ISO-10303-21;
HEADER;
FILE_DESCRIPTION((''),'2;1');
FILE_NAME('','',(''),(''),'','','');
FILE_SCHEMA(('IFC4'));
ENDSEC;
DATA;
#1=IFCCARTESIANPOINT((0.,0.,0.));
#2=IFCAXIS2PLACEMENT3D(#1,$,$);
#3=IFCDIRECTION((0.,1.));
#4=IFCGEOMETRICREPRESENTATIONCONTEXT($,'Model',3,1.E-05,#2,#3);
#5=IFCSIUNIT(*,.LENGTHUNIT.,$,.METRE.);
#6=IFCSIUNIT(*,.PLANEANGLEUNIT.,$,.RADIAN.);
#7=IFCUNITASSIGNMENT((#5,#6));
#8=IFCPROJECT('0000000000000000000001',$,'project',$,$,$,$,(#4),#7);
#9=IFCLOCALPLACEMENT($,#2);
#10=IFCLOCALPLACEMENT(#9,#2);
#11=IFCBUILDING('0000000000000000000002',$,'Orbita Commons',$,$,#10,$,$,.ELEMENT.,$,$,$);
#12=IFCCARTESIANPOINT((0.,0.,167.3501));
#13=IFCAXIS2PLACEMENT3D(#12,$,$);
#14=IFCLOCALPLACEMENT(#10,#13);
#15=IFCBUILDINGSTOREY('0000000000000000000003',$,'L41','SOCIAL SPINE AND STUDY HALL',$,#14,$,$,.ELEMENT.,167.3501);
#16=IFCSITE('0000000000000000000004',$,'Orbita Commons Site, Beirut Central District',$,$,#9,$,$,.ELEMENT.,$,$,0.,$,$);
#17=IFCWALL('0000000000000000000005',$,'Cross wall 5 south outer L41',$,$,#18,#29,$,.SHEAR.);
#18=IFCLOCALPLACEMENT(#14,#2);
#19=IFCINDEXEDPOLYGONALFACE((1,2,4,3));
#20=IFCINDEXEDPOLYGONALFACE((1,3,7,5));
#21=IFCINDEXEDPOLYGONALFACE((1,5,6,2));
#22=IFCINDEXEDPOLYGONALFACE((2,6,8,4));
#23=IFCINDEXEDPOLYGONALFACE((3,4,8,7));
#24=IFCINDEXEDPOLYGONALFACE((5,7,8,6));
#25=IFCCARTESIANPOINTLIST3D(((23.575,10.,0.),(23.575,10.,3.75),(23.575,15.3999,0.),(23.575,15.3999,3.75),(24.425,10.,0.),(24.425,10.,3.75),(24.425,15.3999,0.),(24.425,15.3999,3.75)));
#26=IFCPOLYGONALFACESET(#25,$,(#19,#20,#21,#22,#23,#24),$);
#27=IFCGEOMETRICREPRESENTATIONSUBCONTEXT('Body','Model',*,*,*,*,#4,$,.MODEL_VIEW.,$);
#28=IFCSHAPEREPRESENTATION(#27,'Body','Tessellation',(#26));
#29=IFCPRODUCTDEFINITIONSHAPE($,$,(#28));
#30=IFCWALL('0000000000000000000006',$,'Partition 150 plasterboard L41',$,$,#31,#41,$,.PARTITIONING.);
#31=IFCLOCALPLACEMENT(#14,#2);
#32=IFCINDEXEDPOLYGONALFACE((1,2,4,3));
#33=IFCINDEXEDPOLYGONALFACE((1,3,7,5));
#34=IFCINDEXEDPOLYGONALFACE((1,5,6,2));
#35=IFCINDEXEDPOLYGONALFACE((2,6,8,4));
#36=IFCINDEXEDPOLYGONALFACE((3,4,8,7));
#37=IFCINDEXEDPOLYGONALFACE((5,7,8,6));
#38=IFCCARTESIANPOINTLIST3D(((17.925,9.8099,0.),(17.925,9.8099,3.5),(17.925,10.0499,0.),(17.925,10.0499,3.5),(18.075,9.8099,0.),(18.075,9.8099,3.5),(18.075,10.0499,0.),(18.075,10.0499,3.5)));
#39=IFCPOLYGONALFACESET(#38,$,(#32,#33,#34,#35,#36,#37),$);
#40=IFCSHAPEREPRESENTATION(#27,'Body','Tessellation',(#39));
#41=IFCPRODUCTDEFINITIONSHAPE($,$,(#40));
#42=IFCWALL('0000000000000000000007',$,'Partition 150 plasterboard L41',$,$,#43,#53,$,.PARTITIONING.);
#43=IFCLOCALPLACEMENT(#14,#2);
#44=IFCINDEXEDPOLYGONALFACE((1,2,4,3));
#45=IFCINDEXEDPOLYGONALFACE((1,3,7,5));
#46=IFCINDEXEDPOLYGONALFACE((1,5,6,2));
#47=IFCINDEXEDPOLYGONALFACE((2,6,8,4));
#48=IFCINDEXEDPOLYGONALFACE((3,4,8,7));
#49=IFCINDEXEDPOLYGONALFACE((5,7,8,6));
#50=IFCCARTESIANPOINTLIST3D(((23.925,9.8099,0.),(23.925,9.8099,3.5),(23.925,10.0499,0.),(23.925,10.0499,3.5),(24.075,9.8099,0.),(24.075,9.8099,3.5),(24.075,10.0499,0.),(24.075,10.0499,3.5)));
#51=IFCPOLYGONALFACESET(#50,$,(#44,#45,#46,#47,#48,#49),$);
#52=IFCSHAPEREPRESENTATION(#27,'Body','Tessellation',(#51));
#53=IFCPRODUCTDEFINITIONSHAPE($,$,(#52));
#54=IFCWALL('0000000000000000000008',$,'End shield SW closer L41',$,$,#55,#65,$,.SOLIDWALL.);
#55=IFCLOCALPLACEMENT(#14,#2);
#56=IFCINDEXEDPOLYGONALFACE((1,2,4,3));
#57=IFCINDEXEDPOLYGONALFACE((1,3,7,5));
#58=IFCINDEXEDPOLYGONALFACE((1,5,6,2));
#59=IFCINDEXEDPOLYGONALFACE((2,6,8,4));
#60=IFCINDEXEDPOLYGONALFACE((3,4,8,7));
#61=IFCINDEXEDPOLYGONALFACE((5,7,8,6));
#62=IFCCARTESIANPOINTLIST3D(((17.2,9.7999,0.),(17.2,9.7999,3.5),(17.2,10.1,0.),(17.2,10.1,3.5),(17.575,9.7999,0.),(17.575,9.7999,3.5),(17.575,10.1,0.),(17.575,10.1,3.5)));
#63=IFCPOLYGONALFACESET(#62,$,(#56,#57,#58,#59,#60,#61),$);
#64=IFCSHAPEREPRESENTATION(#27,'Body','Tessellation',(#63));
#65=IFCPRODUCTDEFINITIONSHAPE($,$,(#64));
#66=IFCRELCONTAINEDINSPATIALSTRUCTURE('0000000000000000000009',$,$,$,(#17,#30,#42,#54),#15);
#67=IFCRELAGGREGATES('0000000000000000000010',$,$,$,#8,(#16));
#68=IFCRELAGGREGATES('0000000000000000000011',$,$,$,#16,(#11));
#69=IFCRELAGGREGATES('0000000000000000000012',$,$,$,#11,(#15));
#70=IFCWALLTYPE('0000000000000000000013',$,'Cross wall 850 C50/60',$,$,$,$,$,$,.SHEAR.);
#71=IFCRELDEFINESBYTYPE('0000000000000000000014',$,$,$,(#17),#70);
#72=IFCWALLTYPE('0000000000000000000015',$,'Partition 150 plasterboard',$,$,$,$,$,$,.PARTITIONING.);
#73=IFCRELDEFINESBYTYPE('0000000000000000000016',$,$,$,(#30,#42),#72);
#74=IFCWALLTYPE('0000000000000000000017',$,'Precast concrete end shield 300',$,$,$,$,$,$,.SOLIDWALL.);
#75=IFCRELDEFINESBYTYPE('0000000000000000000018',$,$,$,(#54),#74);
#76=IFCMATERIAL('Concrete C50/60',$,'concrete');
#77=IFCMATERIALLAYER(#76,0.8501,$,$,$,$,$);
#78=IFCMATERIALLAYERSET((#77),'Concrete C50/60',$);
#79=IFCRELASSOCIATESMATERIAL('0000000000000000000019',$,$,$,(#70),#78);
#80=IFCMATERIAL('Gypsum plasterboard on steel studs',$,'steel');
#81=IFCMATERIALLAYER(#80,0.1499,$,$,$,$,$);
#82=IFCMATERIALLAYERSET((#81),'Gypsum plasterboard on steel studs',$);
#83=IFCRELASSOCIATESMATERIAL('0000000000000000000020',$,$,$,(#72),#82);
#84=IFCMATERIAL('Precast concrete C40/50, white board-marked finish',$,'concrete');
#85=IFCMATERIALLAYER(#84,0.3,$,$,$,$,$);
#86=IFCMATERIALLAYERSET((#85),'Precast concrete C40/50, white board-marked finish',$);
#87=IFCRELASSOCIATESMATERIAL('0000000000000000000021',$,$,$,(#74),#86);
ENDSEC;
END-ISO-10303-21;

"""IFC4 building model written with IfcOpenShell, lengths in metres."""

from ifc_helpers import new_model, si_unit, direction, frame, frame_2d, origin, place, context, subcontext, project, spatial, rectangle, extrude, material, layer, layer_set, type_object, element, save


model = new_model("IFC4")

# Units and contexts
model_context = context("Model", 3, precision=1e-05, world=origin(), true_north=direction((0.0, 1.0)))
body_context = subcontext(model_context, "Body", "Model", "MODEL_VIEW")
ifc_project = project(units=[si_unit("LENGTHUNIT", "METRE"), si_unit("PLANEANGLEUNIT", "RADIAN")], contexts=[model_context])

# Site, building, storey
site_placement = place(None, origin())
site = spatial("IfcSite", under=ifc_project, at=site_placement, Name="Orbita Commons Site, Beirut Central District", CompositionType="ELEMENT", RefElevation=0.0)
building_placement = place(site_placement, origin())
building = spatial("IfcBuilding", under=site, at=building_placement, Name="Orbita Commons", CompositionType="ELEMENT")
storey_placement = place(building_placement, frame((0.0, 0.0, 167.3501)))
storey = spatial("IfcBuildingStorey", under=building, at=storey_placement, Name="L41", Description="SOCIAL SPINE AND STUDY HALL", CompositionType="ELEMENT", Elevation=167.3501)

# Walls
ifc_material_1 = material(Name="Concrete C50/60", Category="concrete")
ifc_layer_1 = layer(ifc_material_1, 0.8501)
ifc_layer_set_1 = layer_set([ifc_layer_1], Name="Concrete C50/60")
wall_type_1 = type_object("IfcWallType", Name="Cross wall 850 C50/60", PredefinedType="SHEAR", material=ifc_layer_set_1)
for number, where, z_axis, x_axis, name in (
    (1, (24.0, 10.0, 0.0), (0.0, 0.0, 1.0), (0.0, 1.0, 0.0), "Cross wall 5 south outer L41"),
):
    element("IfcWall", number, at=place(storey_placement, frame(where, z_axis=z_axis, x_axis=x_axis)), inside=storey, type_object=wall_type_1, Name=name, PredefinedType="SHEAR", context=body_context, shape_type="SweptSolid", body=[
        extrude(rectangle(XDim=5.3999, YDim=0.8501, at=frame_2d((2.7, 0.0))), origin(), (0.0, 0.0, 1.0), 3.75),
    ])
ifc_material_2 = material(Name="Gypsum plasterboard on steel studs", Category="steel")
ifc_layer_2 = layer(ifc_material_2, 0.1499)
ifc_layer_set_2 = layer_set([ifc_layer_2], Name="Gypsum plasterboard on steel studs")
wall_type_2 = type_object("IfcWallType", Name="Partition 150 plasterboard", PredefinedType="PARTITIONING", material=ifc_layer_set_2)
for number, where, z_axis, x_axis, name in (
    (2, (18.0, 10.05, 0.0), (0.0, 0.0, 1.0), (0.0, -1.0, 0.0), "Partition 150 plasterboard L41"),
    (3, (24.0, 10.05, 0.0), (0.0, 0.0, 1.0), (0.0, -1.0, 0.0), "Partition 150 plasterboard L41"),
):
    element("IfcWall", number, at=place(storey_placement, frame(where, z_axis=z_axis, x_axis=x_axis)), inside=storey, type_object=wall_type_2, Name=name, PredefinedType="PARTITIONING", context=body_context, shape_type="SweptSolid", body=[
        extrude(rectangle(XDim=0.24, YDim=0.1499, at=frame_2d((0.1201, 0.0))), origin(), (0.0, 0.0, 1.0), 3.5),
    ])
ifc_material_3 = material(Name="Precast concrete C40/50, white board-marked finish", Category="concrete")
ifc_layer_3 = layer(ifc_material_3, 0.3)
ifc_layer_set_3 = layer_set([ifc_layer_3], Name="Precast concrete C40/50, white board-marked finish")
wall_type_3 = type_object("IfcWallType", Name="Precast concrete end shield 300", PredefinedType="SOLIDWALL", material=ifc_layer_set_3)
wall_placement = place(storey_placement, frame((17.2, 9.95, 0.0), z_axis=(0.0, 0.0, 1.0), x_axis=(1.0, 0.0, 0.0)))
element("IfcWall", 4, at=wall_placement, inside=storey, type_object=wall_type_3, Name="End shield SW closer L41", PredefinedType="SOLIDWALL", context=body_context, shape_type="SweptSolid", body=[
    extrude(rectangle(XDim=0.375, YDim=0.3, at=frame_2d((0.1875, 0.0))), origin(), (0.0, 0.0, 1.0), 3.5),
])

save(model, "model.ifc")
